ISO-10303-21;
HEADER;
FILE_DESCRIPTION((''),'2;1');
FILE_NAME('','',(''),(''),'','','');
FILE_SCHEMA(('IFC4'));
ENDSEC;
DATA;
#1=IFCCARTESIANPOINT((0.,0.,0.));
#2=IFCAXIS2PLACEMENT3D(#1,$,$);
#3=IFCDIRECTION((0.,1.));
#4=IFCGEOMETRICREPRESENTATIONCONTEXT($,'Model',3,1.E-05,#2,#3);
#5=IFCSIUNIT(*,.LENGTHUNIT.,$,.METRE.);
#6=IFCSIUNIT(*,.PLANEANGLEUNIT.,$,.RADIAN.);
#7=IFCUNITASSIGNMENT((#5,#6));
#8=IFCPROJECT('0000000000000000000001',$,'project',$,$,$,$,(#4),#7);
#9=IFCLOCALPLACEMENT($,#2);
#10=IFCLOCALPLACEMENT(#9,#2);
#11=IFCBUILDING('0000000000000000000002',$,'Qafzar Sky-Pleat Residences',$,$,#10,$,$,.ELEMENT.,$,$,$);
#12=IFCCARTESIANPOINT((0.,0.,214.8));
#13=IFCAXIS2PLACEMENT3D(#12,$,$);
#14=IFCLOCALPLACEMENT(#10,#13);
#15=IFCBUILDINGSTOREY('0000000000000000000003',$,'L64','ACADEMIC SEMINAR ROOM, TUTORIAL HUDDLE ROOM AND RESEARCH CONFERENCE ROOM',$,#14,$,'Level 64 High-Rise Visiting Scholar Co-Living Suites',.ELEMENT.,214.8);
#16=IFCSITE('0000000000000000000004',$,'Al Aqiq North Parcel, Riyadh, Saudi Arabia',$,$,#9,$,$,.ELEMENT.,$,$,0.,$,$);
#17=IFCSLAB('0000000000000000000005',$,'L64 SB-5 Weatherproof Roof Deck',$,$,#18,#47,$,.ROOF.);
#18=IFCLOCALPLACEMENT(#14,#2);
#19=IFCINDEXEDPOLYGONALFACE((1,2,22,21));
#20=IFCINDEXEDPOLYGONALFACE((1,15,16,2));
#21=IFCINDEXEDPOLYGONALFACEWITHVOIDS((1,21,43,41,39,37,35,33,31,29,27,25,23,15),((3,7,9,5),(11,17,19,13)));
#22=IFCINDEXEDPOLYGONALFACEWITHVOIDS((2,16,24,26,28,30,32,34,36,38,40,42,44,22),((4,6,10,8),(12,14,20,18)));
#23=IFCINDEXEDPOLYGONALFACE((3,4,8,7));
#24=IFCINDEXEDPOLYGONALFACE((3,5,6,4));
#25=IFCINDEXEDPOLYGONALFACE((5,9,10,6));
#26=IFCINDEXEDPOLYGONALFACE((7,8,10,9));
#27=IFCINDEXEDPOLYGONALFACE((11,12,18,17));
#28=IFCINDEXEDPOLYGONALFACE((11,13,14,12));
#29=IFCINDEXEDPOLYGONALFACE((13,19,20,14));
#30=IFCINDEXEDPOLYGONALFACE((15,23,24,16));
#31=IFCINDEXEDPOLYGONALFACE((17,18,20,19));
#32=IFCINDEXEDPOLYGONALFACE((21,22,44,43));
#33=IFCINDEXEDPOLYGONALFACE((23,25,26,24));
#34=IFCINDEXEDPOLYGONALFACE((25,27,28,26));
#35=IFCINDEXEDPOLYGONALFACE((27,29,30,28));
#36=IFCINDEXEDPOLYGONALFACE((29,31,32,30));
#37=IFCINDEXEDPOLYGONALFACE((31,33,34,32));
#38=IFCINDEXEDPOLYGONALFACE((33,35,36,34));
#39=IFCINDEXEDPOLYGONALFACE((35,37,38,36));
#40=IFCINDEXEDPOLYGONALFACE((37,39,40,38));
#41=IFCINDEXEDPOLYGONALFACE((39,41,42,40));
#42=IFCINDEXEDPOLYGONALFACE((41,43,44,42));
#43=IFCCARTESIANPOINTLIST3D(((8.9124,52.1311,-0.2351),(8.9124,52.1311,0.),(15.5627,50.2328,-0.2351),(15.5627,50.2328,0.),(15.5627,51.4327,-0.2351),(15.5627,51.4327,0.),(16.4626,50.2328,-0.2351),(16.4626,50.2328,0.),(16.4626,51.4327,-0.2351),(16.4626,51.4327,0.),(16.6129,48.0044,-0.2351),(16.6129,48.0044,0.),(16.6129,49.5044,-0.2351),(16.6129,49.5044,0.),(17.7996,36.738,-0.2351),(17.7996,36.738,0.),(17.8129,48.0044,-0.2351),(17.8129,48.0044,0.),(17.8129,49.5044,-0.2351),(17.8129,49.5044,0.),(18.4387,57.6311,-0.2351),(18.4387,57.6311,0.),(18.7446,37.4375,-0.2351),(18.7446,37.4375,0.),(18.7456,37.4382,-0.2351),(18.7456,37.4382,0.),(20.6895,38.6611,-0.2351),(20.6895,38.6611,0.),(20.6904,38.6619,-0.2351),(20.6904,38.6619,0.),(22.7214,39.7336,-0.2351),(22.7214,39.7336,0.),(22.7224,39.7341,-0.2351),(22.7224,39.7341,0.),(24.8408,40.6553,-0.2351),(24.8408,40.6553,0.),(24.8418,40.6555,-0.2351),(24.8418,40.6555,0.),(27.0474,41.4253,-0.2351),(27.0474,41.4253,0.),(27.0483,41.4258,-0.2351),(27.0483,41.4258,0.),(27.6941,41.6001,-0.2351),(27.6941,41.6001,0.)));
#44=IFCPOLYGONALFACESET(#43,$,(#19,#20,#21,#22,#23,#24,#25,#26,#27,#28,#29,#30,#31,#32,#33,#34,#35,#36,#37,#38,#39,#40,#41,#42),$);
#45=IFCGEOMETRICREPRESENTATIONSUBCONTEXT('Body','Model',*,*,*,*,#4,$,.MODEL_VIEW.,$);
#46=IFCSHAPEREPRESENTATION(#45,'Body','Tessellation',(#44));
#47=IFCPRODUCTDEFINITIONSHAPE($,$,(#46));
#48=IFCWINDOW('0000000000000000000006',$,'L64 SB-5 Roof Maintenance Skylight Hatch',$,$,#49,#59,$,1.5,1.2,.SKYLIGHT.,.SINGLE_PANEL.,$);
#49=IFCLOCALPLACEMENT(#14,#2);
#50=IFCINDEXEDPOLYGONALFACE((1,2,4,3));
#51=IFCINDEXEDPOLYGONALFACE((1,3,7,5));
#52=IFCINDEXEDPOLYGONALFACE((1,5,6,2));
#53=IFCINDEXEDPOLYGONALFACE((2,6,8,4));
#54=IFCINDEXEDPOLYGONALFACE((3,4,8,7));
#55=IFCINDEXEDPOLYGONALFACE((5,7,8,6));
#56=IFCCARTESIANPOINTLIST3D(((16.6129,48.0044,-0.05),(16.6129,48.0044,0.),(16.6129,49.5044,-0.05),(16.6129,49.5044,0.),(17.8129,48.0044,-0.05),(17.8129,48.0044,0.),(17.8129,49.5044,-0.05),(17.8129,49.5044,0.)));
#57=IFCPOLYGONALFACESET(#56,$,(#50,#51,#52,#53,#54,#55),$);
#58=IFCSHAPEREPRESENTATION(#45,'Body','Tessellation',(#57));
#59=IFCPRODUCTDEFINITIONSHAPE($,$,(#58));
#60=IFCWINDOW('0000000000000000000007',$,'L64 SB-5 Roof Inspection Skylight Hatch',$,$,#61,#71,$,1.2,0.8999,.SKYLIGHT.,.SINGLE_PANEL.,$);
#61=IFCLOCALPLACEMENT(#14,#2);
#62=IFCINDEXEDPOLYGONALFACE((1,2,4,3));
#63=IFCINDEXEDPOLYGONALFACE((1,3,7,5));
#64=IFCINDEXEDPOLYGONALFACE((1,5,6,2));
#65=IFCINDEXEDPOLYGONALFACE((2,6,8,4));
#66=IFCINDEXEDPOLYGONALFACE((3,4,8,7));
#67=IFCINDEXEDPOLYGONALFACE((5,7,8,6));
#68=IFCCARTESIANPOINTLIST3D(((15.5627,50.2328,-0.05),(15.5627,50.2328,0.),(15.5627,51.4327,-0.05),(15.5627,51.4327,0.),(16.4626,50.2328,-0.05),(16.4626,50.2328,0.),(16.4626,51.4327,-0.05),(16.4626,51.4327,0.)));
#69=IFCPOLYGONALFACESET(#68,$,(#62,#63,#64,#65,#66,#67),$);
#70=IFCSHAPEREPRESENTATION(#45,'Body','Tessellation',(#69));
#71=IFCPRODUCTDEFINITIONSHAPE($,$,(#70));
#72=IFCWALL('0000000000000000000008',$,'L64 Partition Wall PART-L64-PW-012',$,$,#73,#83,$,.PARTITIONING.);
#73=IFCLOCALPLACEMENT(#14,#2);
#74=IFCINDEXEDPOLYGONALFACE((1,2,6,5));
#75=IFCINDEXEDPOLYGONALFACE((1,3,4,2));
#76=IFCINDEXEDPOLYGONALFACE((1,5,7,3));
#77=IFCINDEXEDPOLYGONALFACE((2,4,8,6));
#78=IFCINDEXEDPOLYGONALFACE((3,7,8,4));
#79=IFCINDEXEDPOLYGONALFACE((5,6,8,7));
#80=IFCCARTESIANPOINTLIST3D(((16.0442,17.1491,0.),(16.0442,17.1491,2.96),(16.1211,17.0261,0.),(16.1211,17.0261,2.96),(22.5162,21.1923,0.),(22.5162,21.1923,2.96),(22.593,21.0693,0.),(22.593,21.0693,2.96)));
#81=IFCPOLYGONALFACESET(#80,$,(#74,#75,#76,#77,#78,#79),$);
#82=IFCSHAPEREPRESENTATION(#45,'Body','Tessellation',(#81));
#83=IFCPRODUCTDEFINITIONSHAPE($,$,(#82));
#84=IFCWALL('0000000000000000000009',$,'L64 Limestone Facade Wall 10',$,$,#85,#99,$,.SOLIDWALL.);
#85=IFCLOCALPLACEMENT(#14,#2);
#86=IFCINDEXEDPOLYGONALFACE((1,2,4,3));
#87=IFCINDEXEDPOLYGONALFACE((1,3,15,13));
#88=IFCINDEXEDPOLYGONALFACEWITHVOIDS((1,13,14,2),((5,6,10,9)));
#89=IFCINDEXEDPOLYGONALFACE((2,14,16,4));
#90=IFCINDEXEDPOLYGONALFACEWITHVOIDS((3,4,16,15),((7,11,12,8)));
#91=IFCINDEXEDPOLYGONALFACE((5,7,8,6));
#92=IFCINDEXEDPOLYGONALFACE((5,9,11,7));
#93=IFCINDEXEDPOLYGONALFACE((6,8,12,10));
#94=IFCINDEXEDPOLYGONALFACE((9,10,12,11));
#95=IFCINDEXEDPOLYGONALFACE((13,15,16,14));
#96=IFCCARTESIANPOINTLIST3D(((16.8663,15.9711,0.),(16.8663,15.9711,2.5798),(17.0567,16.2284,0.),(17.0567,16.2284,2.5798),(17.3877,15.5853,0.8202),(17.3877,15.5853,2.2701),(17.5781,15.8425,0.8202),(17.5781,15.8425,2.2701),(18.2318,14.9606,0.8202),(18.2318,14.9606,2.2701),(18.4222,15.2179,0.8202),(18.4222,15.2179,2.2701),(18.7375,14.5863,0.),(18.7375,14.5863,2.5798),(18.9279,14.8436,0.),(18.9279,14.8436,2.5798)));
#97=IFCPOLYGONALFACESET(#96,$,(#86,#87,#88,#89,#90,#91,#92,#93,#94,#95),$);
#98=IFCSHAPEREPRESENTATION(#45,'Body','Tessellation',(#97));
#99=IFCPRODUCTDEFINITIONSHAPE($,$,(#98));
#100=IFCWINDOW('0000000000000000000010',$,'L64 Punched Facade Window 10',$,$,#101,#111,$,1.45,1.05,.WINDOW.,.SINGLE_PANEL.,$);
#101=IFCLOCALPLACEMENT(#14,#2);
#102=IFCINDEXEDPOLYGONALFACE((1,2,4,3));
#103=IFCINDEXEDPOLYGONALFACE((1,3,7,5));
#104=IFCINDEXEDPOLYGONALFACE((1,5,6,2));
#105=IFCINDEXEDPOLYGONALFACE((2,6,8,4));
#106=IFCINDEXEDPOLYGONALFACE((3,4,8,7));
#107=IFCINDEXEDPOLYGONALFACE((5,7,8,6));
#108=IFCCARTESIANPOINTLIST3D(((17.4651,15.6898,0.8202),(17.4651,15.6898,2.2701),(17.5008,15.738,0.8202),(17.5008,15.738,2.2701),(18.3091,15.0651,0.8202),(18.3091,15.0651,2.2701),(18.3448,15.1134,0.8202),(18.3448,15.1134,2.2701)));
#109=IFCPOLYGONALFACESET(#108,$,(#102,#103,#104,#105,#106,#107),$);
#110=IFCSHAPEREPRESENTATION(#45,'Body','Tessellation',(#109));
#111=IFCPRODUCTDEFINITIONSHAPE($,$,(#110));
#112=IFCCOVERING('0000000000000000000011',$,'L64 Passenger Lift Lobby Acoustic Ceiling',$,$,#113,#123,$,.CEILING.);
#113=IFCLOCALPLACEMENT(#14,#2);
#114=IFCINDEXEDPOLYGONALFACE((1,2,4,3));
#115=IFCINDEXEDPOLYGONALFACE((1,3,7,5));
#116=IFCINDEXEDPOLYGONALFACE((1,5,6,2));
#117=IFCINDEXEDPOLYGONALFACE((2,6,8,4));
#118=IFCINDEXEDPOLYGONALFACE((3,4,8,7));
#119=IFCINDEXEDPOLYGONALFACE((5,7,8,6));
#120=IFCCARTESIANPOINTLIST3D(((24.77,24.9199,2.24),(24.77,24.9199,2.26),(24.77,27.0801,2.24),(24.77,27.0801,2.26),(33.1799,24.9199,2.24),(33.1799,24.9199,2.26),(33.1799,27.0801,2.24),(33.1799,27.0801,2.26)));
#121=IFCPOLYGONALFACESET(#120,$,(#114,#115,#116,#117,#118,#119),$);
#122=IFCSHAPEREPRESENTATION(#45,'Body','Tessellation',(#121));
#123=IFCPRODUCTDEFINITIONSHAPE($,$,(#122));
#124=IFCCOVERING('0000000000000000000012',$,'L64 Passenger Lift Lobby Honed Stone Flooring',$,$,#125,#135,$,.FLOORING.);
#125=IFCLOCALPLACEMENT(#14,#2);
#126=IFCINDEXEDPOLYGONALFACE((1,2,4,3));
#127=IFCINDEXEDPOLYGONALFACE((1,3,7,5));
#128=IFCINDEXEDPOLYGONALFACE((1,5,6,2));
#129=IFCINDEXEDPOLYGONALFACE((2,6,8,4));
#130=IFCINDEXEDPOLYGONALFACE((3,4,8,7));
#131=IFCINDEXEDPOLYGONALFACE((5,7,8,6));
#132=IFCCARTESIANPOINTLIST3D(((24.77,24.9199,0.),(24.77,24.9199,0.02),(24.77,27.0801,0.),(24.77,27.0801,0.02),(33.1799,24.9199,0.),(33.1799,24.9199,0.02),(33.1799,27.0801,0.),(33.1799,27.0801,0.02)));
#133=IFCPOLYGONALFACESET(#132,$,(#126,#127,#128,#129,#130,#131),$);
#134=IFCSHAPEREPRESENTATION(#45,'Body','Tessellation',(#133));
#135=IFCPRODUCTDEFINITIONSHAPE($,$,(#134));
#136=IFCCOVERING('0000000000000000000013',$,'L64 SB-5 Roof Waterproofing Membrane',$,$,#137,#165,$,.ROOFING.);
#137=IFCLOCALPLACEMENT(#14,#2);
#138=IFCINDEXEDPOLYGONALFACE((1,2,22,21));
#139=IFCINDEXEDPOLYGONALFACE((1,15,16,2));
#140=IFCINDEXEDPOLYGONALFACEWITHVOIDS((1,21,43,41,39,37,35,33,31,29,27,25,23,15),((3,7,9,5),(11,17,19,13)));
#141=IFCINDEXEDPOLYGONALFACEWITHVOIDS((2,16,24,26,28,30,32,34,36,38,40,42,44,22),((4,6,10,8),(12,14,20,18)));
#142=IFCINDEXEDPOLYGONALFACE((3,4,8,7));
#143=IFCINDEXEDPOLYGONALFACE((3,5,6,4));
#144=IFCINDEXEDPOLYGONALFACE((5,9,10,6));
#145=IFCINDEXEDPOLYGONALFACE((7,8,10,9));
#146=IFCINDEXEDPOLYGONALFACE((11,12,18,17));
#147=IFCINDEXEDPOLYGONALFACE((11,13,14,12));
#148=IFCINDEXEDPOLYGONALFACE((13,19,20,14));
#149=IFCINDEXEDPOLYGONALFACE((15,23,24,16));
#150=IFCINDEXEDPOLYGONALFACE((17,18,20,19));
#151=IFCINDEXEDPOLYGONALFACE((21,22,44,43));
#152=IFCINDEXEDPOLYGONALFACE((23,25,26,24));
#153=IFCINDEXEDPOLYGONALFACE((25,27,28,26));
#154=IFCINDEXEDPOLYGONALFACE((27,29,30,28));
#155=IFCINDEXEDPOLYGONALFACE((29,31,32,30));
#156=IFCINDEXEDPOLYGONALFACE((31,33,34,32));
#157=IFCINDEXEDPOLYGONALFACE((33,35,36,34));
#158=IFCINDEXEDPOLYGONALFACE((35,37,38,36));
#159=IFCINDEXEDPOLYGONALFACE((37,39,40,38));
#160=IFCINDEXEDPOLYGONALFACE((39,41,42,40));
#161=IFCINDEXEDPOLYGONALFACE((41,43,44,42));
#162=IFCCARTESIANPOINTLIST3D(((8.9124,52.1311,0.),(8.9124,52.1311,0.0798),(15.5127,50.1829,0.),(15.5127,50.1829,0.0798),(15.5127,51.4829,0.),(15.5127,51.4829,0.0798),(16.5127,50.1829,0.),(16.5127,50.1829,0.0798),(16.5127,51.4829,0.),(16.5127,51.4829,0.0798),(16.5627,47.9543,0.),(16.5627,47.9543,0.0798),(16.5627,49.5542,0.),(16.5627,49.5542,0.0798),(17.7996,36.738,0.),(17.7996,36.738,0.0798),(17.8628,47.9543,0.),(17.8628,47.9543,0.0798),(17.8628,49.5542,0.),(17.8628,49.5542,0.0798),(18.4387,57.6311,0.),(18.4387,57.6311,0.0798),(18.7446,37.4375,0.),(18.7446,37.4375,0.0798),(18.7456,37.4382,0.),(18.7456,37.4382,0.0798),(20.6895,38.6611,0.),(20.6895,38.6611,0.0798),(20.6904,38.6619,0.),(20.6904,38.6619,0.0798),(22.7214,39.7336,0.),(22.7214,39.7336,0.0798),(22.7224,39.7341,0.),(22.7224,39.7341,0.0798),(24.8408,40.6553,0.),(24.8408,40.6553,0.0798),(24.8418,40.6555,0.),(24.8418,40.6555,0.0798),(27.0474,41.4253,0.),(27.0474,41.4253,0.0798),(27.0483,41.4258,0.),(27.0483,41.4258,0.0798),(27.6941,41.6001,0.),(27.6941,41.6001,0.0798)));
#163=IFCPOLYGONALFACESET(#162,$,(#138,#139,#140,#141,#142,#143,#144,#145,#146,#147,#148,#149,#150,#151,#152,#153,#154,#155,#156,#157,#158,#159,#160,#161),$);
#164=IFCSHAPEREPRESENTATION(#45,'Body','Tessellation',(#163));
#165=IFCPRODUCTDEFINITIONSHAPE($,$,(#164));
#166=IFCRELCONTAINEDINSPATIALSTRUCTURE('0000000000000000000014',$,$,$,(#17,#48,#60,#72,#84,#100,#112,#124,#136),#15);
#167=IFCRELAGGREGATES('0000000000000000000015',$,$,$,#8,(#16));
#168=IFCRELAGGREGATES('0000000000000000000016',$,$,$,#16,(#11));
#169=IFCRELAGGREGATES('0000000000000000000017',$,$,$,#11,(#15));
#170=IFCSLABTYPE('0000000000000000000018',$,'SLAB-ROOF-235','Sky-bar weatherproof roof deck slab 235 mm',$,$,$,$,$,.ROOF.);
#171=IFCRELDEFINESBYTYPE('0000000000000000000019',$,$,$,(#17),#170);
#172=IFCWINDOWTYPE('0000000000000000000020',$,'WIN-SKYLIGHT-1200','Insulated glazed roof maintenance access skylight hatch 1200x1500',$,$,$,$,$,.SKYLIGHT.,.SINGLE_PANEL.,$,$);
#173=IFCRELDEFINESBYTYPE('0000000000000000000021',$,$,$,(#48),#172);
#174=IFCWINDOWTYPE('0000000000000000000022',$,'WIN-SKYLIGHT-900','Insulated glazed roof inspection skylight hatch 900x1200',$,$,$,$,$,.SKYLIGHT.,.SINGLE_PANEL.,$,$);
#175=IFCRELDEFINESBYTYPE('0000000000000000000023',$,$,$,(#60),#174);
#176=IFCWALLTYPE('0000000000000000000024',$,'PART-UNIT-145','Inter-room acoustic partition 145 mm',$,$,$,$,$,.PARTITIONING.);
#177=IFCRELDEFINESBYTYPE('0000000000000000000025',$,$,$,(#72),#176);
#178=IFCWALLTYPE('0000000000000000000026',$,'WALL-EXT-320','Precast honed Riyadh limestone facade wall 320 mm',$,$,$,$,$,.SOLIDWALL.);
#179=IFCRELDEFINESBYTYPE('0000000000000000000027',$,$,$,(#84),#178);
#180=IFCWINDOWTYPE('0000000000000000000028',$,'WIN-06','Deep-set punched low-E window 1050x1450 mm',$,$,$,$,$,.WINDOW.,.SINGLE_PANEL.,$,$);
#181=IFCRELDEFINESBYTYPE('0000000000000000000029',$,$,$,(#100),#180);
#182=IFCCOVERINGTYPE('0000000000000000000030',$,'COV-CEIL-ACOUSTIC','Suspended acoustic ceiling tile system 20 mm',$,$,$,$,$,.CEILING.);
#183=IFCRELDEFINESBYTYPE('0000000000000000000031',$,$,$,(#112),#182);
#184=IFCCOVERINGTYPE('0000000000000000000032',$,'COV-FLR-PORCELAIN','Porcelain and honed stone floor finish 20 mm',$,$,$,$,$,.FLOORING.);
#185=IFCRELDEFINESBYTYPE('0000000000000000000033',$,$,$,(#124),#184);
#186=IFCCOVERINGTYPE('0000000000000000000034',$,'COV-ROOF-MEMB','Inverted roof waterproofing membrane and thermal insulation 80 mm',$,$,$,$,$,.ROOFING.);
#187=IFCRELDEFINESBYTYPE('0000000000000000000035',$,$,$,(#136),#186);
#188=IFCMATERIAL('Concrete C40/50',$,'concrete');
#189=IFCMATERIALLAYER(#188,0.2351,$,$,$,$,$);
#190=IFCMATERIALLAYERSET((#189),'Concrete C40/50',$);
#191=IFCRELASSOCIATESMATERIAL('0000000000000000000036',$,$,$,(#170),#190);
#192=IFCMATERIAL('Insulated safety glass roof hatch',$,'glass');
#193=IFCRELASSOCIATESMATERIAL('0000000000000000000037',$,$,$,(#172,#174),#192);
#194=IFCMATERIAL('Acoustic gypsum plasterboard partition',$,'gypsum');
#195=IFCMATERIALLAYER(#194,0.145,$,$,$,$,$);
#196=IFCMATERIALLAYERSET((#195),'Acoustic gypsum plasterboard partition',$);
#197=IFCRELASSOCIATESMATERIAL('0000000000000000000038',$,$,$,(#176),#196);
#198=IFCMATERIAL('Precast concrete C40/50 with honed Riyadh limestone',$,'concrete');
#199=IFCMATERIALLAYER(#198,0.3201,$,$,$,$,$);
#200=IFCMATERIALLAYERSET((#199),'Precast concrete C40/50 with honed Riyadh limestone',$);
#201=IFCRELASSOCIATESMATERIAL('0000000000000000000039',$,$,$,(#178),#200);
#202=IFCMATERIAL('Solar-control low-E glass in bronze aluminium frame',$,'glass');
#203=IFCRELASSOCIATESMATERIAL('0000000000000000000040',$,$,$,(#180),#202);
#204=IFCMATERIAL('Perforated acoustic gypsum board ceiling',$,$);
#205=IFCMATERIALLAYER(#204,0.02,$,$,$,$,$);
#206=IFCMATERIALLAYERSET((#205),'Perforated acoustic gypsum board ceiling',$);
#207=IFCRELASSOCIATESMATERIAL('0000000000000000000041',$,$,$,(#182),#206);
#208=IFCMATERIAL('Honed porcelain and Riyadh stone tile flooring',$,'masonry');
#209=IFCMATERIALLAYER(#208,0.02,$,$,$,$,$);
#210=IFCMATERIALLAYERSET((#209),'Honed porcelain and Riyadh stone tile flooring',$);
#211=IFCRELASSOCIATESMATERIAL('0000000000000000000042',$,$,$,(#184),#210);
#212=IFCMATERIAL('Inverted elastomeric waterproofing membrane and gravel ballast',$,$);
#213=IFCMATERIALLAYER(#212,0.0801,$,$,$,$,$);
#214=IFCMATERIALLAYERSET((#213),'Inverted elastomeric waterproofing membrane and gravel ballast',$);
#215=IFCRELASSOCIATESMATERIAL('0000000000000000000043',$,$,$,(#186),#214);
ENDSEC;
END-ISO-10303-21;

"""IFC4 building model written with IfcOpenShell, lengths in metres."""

from ifc_helpers import new_model, si_unit, direction, frame, frame_2d, origin, origin_2d, place, context, subcontext, project, spatial, polyline, rectangle, outline, extrude, source, transform, mapped, material, layer, layer_set, type_object, element, fill, save


model = new_model("IFC4")

# Units and contexts
model_context = context("Model", 3, precision=1e-05, world=origin(), true_north=direction((0.0, 1.0)))
body_context = subcontext(model_context, "Body", "Model", "MODEL_VIEW")
ifc_project = project(units=[si_unit("LENGTHUNIT", "METRE"), si_unit("PLANEANGLEUNIT", "RADIAN")], contexts=[model_context])

# Site, building, storey
site_placement = place(None, origin())
site = spatial("IfcSite", under=ifc_project, at=site_placement, Name="Al Aqiq North Parcel, Riyadh, Saudi Arabia", CompositionType="ELEMENT", RefElevation=0.0)
building_placement = place(site_placement, origin())
building = spatial("IfcBuilding", under=site, at=building_placement, Name="Qafzar Sky-Pleat Residences", CompositionType="ELEMENT")
storey_placement = place(building_placement, frame((0.0, 0.0, 214.8)))
storey = spatial("IfcBuildingStorey", under=building, at=storey_placement, Name="L64", Description="ACADEMIC SEMINAR ROOM, TUTORIAL HUDDLE ROOM AND RESEARCH CONFERENCE ROOM", LongName="Level 64 High-Rise Visiting Scholar Co-Living Suites", CompositionType="ELEMENT", Elevation=214.8)

# Shared definitions
ifc_material_1 = material(Name="Concrete C40/50", Category="concrete")

# Slab, openings, windows
ifc_layer_1 = layer(ifc_material_1, 0.2351)
ifc_layer_set_1 = layer_set([ifc_layer_1], Name="Concrete C40/50")
slab_type_1 = type_object("IfcSlabType", Name="SLAB-ROOF-235", Description="Sky-bar weatherproof roof deck slab 235 mm", PredefinedType="ROOF", material=ifc_layer_set_1)
slab_1_placement = place(storey_placement, frame((0.0, 0.0, -0.2351)))
slab_1 = element("IfcSlab", 1, at=slab_1_placement, inside=storey, type_object=slab_type_1, Name="L64 SB-5 Weatherproof Roof Deck", PredefinedType="ROOF", context=body_context, shape_type="SweptSolid", body=[
    extrude(outline(polyline([(8.9124, 52.1311), (18.4387, 57.6311), (27.6941, 41.6001), (27.0483, 41.4258), (27.0474, 41.4253), (24.8418, 40.6555), (24.8408, 40.6553), (22.7224, 39.7341), (22.7214, 39.7336), (20.6904, 38.6619), (20.6895, 38.6611), (18.7456, 37.4382), (18.7446, 37.4375), (17.7996, 36.738), (8.9124, 52.1311)])), origin(), (0.0, 0.0, 1.0), 0.2351),
])
opening_1_placement = place(slab_1_placement, frame((17.2129, 48.7544, -0.01)))
opening_1 = element("IfcOpeningElement", 2, at=opening_1_placement, cuts=slab_1, PredefinedType="OPENING", context=body_context, shape_type="SweptSolid", body=[
    extrude(rectangle(XDim=1.2, YDim=1.5, at=origin_2d()), origin(), (0.0, 0.0, 1.0), 0.2551),
])
opening_2_placement = place(slab_1_placement, frame((16.0127, 50.8328, -0.01)))
opening_2 = element("IfcOpeningElement", 3, at=opening_2_placement, cuts=slab_1, PredefinedType="OPENING", context=body_context, shape_type="SweptSolid", body=[
    extrude(rectangle(XDim=0.8999, YDim=1.2, at=origin_2d()), origin(), (0.0, 0.0, 1.0), 0.2551),
])
ifc_material_2 = material(Name="Insulated safety glass roof hatch", Category="glass")
window_type_1 = type_object("IfcWindowType", Name="WIN-SKYLIGHT-1200", Description="Insulated glazed roof maintenance access skylight hatch 1200x1500", PartitioningType="SINGLE_PANEL", PredefinedType="SKYLIGHT", material=ifc_material_2)
window_1_placement = place(slab_1_placement, frame((17.2129, 48.7544, 0.1851)))
window_1 = element("IfcWindow", 4, at=window_1_placement, inside=storey, type_object=window_type_1, Name="L64 SB-5 Roof Maintenance Skylight Hatch", OverallHeight=1.5, OverallWidth=1.2, PartitioningType="SINGLE_PANEL", PredefinedType="SKYLIGHT", context=body_context, shape_type="SweptSolid", body=[
    extrude(rectangle(XDim=1.2, YDim=1.5, at=origin_2d()), origin(), (0.0, 0.0, 1.0), 0.05),
])
fill(opening_1, window_1)
window_type_2 = type_object("IfcWindowType", Name="WIN-SKYLIGHT-900", Description="Insulated glazed roof inspection skylight hatch 900x1200", PartitioningType="SINGLE_PANEL", PredefinedType="SKYLIGHT", material=ifc_material_2)
window_2_placement = place(slab_1_placement, frame((16.0127, 50.8328, 0.1851)))
window_2 = element("IfcWindow", 5, at=window_2_placement, inside=storey, type_object=window_type_2, Name="L64 SB-5 Roof Inspection Skylight Hatch", OverallHeight=1.2, OverallWidth=0.8999, PartitioningType="SINGLE_PANEL", PredefinedType="SKYLIGHT", context=body_context, shape_type="SweptSolid", body=[
    extrude(rectangle(XDim=0.8999, YDim=1.2, at=origin_2d()), origin(), (0.0, 0.0, 1.0), 0.05),
])
fill(opening_2, window_2)

# Wall
ifc_material_3 = material(Name="Acoustic gypsum plasterboard partition", Category="gypsum")
ifc_layer_2 = layer(ifc_material_3, 0.145)
ifc_layer_set_2 = layer_set([ifc_layer_2], Name="Acoustic gypsum plasterboard partition")
wall_type_1 = type_object("IfcWallType", Name="PART-UNIT-145", Description="Inter-room acoustic partition 145 mm", PredefinedType="PARTITIONING", material=ifc_layer_set_2)
wall_1_placement = place(storey_placement, frame((16.0828, 17.0876, 0.0), z_axis=(0.0, 0.0, 1.0), x_axis=(0.848101, 0.529835, 0.0)))
element("IfcWall", 6, at=wall_1_placement, inside=storey, type_object=wall_type_1, Name="L64 Partition Wall PART-L64-PW-012", PredefinedType="PARTITIONING", context=body_context, shape_type="SweptSolid", body=[
    extrude(rectangle(XDim=7.6311, YDim=0.145, at=frame_2d((3.8154, 0.0))), origin(), (0.0, 0.0, 1.0), 2.96),
])

# Wall, opening, window
ifc_material_4 = material(Name="Precast concrete C40/50 with honed Riyadh limestone", Category="concrete")
ifc_layer_3 = layer(ifc_material_4, 0.3201)
ifc_layer_set_3 = layer_set([ifc_layer_3], Name="Precast concrete C40/50 with honed Riyadh limestone")
wall_type_2 = type_object("IfcWallType", Name="WALL-EXT-320", Description="Precast honed Riyadh limestone facade wall 320 mm", PredefinedType="SOLIDWALL", material=ifc_layer_set_3)
wall_2_placement = place(storey_placement, frame((16.9614, 16.0999, 0.0), z_axis=(0.0, 0.0, 1.0), x_axis=(0.80381, -0.594886, 0.0)))
wall_2 = element("IfcWall", 7, at=wall_2_placement, inside=storey, type_object=wall_type_2, Name="L64 Limestone Facade Wall 10", PredefinedType="SOLIDWALL", context=body_context, shape_type="SweptSolid", body=[
    extrude(rectangle(XDim=2.3279, YDim=0.3201, at=frame_2d((1.1641, 0.0))), origin(), (0.0, 0.0, 1.0), 2.5798),
])
opening_3_placement = place(wall_2_placement, frame((0.6489, 0.0, 0.8201)))
opening_3 = element("IfcOpeningElement", 8, at=opening_3_placement, cuts=wall_2, PredefinedType="OPENING", context=body_context, shape_type="SweptSolid", body=[
    extrude(rectangle(XDim=1.05, YDim=1.45, at=frame_2d((0.5249, 0.7251))), frame((0.0, 0.1699, 0.0), z_axis=(0.0, -1.0, 0.0), x_axis=(1.0, 0.0, 0.0)), (0.0, 0.0, 1.0), 0.3401),
])
ifc_material_5 = material(Name="Solar-control low-E glass in bronze aluminium frame", Category="glass")
window_type_3 = type_object("IfcWindowType", Name="WIN-06", Description="Deep-set punched low-E window 1050x1450 mm", PartitioningType="SINGLE_PANEL", PredefinedType="WINDOW", material=ifc_material_5)
shared_shape_1 = source(origin(), body_context, "Body", "SweptSolid", [
    extrude(rectangle(XDim=1.05, YDim=1.45, at=frame_2d((0.5249, 0.7251))), frame((0.0, 0.03, 0.0), z_axis=(0.0, -1.0, 0.0), x_axis=(1.0, 0.0, 0.0)), (0.0, 0.0, 1.0), 0.0601),
])
window_3_placement = place(opening_3_placement, origin())
window_3 = element("IfcWindow", 9, at=window_3_placement, inside=storey, type_object=window_type_3, Name="L64 Punched Facade Window 10", OverallHeight=1.45, OverallWidth=1.05, PartitioningType="SINGLE_PANEL", PredefinedType="WINDOW", context=body_context, shape_type="MappedRepresentation", body=[
    mapped(shared_shape_1, transform((0.0, 0.0, 0.0), x_axis=(1.0, 0.0, 0.0), y_axis=(0.0, 1.0, 0.0), z_axis=(0.0, 0.0, 1.0), scale=1.0)),
])
fill(opening_3, window_3)

# Coverings
ifc_material_6 = material(Name="Perforated acoustic gypsum board ceiling")
ifc_layer_4 = layer(ifc_material_6, 0.02)
ifc_layer_set_4 = layer_set([ifc_layer_4], Name="Perforated acoustic gypsum board ceiling")
covering_type_1 = type_object("IfcCoveringType", Name="COV-CEIL-ACOUSTIC", Description="Suspended acoustic ceiling tile system 20 mm", PredefinedType="CEILING", material=ifc_layer_set_4)
covering_1_placement = place(storey_placement, frame((0.0, 0.0, 2.24)))
element("IfcCovering", 10, at=covering_1_placement, inside=storey, type_object=covering_type_1, Name="L64 Passenger Lift Lobby Acoustic Ceiling", PredefinedType="CEILING", context=body_context, shape_type="SweptSolid", body=[
    extrude(outline(polyline([(33.1799, 24.9199), (24.77, 24.9199), (24.77, 27.0801), (33.1799, 27.0801), (33.1799, 24.9199)])), origin(), (0.0, 0.0, 1.0), 0.02),
])
ifc_material_7 = material(Name="Honed porcelain and Riyadh stone tile flooring", Category="masonry")
ifc_layer_5 = layer(ifc_material_7, 0.02)
ifc_layer_set_5 = layer_set([ifc_layer_5], Name="Honed porcelain and Riyadh stone tile flooring")
covering_type_2 = type_object("IfcCoveringType", Name="COV-FLR-PORCELAIN", Description="Porcelain and honed stone floor finish 20 mm", PredefinedType="FLOORING", material=ifc_layer_set_5)
covering_2_placement = place(storey_placement, origin())
element("IfcCovering", 11, at=covering_2_placement, inside=storey, type_object=covering_type_2, Name="L64 Passenger Lift Lobby Honed Stone Flooring", PredefinedType="FLOORING", context=body_context, shape_type="SweptSolid", body=[
    extrude(outline(polyline([(33.1799, 24.9199), (24.77, 24.9199), (24.77, 27.0801), (33.1799, 27.0801), (33.1799, 24.9199)])), origin(), (0.0, 0.0, 1.0), 0.02),
])
ifc_material_8 = material(Name="Inverted elastomeric waterproofing membrane and gravel ballast")
ifc_layer_6 = layer(ifc_material_8, 0.0801)
ifc_layer_set_6 = layer_set([ifc_layer_6], Name="Inverted elastomeric waterproofing membrane and gravel ballast")
covering_type_3 = type_object("IfcCoveringType", Name="COV-ROOF-MEMB", Description="Inverted roof waterproofing membrane and thermal insulation 80 mm", PredefinedType="ROOFING", material=ifc_layer_set_6)
covering_3_placement = place(storey_placement, origin())
element("IfcCovering", 12, at=covering_3_placement, inside=storey, type_object=covering_type_3, Name="L64 SB-5 Roof Waterproofing Membrane", PredefinedType="ROOFING", context=body_context, shape_type="SweptSolid", body=[
    extrude(outline(polyline([(8.9124, 52.1311), (18.4387, 57.6311), (27.6941, 41.6001), (27.0483, 41.4258), (27.0474, 41.4253), (24.8418, 40.6555), (24.8408, 40.6553), (22.7224, 39.7341), (22.7214, 39.7336), (20.6904, 38.6619), (20.6895, 38.6611), (18.7456, 37.4382), (18.7446, 37.4375), (17.7996, 36.738), (8.9124, 52.1311)]), holes=[polyline([(16.5627, 47.9543), (17.8628, 47.9543), (17.8628, 49.5542), (16.5627, 49.5542), (16.5627, 47.9543)]), polyline([(15.5127, 50.1829), (16.5127, 50.1829), (16.5127, 51.4829), (15.5127, 51.4829), (15.5127, 50.1829)])]), origin(), (0.0, 0.0, 1.0), 0.0798),
])

save(model, "model.ifc")
